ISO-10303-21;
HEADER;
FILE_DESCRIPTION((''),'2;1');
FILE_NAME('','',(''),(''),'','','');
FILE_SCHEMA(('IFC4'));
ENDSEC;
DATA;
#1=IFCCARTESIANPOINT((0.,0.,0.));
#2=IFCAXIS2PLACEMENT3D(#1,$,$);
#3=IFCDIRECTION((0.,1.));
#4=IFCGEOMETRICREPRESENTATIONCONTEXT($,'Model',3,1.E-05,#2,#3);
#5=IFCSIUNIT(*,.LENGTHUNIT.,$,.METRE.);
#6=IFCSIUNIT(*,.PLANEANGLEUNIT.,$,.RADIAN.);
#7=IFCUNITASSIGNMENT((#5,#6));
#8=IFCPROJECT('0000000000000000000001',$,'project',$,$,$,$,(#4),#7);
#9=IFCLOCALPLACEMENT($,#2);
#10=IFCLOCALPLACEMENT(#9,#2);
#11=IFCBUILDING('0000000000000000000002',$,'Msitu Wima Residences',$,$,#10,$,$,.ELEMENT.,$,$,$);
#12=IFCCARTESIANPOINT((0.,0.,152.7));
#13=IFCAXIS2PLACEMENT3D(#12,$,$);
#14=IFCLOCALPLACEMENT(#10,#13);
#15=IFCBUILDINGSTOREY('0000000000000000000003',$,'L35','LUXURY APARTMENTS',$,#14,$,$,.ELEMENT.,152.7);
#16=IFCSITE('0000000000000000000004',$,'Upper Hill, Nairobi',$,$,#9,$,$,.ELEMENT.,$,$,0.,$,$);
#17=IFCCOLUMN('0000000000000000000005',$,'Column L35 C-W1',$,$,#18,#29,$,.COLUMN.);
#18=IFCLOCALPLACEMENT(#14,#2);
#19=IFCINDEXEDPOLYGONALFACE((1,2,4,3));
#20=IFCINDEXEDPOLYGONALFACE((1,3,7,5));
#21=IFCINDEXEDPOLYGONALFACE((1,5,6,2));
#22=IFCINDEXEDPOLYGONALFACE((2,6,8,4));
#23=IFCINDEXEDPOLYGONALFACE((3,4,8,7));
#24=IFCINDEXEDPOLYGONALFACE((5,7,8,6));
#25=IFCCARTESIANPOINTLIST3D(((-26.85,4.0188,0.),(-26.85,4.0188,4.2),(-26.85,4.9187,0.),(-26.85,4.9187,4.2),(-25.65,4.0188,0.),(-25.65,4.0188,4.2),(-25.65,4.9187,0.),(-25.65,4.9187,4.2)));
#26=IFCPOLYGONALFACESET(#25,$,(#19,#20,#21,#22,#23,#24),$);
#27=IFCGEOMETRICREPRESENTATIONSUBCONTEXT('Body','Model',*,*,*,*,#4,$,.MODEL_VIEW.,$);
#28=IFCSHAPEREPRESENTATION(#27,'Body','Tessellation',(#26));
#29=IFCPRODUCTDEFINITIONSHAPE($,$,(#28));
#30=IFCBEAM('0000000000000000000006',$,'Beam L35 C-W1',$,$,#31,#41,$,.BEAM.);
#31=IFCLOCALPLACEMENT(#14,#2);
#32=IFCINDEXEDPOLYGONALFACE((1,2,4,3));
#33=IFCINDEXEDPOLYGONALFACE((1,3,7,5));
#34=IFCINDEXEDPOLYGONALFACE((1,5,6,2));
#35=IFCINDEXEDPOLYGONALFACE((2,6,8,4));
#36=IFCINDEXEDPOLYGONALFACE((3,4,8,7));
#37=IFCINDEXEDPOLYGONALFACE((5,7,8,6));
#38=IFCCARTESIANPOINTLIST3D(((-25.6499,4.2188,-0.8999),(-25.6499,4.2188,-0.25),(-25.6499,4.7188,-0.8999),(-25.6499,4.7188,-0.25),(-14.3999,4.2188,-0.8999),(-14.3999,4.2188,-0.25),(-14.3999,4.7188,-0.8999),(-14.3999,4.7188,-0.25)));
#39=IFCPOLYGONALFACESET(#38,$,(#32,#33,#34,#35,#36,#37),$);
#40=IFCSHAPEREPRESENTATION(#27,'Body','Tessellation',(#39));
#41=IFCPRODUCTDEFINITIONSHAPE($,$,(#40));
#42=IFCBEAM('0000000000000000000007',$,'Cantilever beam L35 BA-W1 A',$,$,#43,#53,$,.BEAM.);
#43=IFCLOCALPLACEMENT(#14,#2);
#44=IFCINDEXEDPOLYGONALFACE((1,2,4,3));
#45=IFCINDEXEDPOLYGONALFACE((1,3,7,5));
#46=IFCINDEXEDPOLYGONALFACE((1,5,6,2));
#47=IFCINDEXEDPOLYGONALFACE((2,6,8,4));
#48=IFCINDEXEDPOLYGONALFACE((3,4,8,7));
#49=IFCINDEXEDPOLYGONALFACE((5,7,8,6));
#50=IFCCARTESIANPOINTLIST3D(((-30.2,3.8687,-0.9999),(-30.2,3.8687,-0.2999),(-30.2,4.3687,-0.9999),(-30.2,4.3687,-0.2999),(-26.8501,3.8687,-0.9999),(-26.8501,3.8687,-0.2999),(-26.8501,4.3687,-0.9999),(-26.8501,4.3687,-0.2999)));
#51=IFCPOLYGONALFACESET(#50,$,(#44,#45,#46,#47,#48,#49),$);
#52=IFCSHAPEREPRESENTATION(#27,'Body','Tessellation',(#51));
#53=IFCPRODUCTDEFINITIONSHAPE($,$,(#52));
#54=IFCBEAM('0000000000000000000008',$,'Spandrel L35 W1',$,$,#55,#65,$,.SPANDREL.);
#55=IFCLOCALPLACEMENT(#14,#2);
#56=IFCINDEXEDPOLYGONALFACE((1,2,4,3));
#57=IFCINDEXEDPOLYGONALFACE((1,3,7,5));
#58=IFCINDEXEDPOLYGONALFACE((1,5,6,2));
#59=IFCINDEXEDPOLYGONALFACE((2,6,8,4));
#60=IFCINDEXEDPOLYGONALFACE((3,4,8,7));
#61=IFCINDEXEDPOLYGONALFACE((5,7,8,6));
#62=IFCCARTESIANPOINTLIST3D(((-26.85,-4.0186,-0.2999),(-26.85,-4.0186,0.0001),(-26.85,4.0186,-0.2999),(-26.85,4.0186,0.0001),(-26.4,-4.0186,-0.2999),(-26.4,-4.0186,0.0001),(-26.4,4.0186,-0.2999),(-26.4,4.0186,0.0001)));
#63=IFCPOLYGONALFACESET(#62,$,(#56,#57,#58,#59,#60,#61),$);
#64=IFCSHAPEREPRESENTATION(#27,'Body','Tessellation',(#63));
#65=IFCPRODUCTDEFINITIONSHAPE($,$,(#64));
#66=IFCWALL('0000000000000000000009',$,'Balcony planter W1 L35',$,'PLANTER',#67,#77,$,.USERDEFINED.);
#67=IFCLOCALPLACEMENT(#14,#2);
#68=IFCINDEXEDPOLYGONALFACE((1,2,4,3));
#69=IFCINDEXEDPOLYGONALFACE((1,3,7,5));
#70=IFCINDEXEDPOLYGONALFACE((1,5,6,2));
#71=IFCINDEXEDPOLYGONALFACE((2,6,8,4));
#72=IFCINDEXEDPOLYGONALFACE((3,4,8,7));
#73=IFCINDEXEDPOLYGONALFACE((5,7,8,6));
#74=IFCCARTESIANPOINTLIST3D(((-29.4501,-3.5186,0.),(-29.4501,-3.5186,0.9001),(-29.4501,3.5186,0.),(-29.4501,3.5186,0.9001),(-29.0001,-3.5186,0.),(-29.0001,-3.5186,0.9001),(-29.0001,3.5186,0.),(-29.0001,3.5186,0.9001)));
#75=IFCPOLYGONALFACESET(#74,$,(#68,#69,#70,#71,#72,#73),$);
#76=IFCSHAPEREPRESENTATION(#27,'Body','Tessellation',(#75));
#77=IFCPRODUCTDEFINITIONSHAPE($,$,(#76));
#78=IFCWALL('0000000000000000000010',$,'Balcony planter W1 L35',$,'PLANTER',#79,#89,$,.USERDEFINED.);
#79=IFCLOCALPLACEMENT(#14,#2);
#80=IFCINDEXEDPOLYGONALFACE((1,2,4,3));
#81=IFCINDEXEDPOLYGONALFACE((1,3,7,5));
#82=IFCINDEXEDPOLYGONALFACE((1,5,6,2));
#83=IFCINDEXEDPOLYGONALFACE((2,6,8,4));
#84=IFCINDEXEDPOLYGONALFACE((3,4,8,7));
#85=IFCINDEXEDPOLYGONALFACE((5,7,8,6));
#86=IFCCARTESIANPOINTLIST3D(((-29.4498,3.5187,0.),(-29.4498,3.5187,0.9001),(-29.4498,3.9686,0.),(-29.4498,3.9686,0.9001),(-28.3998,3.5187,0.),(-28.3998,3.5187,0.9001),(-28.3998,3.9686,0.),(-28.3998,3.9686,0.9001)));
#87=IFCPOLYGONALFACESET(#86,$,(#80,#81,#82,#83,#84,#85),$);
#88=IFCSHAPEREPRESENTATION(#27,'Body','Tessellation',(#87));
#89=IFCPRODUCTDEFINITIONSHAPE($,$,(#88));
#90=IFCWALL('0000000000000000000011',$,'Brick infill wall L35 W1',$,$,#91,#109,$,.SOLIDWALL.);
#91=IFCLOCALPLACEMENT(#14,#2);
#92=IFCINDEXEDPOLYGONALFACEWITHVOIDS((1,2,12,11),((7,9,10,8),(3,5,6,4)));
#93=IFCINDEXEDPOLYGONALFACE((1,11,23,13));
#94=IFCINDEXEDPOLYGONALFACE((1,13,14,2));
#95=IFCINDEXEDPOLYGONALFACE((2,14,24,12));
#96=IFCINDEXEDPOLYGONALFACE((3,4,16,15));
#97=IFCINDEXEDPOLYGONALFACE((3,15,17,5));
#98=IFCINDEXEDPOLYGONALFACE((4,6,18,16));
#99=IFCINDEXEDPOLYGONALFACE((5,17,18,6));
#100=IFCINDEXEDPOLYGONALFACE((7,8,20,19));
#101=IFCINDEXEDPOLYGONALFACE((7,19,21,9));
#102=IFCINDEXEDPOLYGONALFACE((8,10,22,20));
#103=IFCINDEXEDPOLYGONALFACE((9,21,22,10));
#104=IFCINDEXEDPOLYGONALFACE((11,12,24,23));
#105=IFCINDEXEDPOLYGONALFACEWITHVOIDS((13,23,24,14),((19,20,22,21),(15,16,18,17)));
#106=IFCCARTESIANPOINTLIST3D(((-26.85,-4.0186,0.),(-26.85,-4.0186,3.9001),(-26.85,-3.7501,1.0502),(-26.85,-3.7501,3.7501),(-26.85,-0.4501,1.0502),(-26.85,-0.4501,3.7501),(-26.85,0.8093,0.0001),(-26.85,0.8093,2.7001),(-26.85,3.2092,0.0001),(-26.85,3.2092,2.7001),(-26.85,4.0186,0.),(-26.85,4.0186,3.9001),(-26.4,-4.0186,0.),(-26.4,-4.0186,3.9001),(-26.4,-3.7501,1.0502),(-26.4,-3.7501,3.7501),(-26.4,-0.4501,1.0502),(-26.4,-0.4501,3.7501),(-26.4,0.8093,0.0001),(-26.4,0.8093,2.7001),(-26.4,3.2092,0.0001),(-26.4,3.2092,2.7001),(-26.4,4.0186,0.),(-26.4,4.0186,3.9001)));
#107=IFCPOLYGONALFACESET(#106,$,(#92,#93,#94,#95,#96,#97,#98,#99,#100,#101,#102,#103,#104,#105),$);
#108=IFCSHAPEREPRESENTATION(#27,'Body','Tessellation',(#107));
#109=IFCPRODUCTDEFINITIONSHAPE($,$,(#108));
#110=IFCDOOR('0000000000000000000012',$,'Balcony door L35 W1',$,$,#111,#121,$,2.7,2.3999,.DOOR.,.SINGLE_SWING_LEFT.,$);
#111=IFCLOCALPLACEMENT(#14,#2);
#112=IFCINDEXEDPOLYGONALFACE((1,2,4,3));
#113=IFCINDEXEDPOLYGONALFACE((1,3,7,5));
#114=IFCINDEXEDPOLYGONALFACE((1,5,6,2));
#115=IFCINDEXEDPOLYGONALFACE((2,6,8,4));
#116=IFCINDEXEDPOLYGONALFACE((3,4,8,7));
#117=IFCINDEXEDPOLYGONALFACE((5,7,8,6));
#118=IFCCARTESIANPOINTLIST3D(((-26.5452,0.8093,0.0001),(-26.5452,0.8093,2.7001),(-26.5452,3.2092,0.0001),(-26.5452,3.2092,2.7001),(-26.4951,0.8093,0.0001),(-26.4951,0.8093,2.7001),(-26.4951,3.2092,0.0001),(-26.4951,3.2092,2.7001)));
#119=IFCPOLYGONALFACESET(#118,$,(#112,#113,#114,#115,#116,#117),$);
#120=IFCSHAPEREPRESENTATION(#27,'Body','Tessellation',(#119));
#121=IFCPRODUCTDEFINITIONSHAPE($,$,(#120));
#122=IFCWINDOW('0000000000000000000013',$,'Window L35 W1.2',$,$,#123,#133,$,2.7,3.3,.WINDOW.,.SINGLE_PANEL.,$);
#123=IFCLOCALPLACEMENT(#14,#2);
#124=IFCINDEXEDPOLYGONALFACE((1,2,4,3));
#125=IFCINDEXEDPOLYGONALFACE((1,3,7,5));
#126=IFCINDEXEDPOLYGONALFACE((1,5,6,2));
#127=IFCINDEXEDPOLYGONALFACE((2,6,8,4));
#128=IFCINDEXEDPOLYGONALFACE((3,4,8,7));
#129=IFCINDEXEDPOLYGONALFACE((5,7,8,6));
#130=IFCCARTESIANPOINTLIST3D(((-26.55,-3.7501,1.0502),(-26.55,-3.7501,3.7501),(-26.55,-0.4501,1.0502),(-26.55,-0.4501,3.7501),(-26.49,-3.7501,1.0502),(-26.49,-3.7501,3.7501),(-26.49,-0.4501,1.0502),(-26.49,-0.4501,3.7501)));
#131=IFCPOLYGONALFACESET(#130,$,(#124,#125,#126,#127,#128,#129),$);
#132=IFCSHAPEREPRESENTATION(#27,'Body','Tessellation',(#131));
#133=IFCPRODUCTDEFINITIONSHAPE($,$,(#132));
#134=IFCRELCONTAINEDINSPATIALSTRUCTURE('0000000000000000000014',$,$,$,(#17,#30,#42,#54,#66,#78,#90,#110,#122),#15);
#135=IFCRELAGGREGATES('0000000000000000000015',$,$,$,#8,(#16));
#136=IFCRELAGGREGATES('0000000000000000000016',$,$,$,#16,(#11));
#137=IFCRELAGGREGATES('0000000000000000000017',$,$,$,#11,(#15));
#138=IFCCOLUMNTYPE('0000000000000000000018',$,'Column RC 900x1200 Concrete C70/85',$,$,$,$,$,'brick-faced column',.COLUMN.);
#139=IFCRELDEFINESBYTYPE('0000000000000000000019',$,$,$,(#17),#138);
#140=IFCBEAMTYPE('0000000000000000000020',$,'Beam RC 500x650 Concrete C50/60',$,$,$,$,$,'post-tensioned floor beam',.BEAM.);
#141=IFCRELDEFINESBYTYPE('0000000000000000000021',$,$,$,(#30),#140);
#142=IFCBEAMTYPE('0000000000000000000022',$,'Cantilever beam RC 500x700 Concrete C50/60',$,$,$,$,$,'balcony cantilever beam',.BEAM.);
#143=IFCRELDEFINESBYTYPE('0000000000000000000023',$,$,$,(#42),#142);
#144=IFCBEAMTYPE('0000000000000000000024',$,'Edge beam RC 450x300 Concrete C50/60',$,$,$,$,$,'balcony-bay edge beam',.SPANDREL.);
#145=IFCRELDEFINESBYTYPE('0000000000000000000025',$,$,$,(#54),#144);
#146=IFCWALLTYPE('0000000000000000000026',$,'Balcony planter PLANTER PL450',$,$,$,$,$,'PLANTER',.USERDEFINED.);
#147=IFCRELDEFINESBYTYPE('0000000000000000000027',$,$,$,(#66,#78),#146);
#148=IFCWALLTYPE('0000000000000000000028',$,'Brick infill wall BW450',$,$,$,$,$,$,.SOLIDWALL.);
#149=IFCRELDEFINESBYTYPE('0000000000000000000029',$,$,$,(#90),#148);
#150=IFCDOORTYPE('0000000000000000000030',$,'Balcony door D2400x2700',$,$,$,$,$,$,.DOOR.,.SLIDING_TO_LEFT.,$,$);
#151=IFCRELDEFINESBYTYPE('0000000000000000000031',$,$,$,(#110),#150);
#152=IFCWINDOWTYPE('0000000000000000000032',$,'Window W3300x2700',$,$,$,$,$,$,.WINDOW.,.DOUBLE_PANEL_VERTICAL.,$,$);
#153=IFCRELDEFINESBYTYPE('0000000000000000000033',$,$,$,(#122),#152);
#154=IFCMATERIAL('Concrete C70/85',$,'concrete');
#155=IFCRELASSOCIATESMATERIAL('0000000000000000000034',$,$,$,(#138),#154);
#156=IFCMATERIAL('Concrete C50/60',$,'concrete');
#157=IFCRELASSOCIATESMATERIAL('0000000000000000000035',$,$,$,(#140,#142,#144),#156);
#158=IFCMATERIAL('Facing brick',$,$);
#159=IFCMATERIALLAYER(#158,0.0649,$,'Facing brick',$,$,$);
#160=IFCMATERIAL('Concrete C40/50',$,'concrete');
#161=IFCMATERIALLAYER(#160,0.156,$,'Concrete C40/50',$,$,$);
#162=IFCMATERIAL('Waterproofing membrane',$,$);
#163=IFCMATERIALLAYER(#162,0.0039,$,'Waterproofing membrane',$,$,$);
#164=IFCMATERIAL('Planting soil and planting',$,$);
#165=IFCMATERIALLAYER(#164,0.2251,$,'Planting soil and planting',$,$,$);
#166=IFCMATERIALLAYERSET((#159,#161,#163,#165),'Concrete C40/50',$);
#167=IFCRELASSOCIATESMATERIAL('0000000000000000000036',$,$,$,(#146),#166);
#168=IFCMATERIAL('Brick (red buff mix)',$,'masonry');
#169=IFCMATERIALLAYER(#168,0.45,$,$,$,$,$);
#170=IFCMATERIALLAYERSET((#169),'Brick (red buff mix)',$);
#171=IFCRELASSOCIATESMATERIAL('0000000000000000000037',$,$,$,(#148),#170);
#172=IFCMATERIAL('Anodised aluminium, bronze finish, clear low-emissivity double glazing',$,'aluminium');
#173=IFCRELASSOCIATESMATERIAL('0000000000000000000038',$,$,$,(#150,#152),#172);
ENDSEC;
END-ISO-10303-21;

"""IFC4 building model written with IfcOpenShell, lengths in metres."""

from ifc_helpers import new_model, si_unit, direction, frame, frame_2d, origin, origin_2d, place, context, subcontext, project, spatial, rectangle, extrude, material, layer, layer_set, material_profile, profile_set, type_object, element, fill, save


model = new_model("IFC4")

# Units and contexts
model_context = context("Model", 3, precision=1e-05, world=origin(), true_north=direction((0.0, 1.0)))
body_context = subcontext(model_context, "Body", "Model", "MODEL_VIEW")
ifc_project = project(units=[si_unit("LENGTHUNIT", "METRE"), si_unit("PLANEANGLEUNIT", "RADIAN")], contexts=[model_context])

# Site, building, storey
site_placement = place(None, origin())
site = spatial("IfcSite", under=ifc_project, at=site_placement, Name="Upper Hill, Nairobi", CompositionType="ELEMENT", RefElevation=0.0)
building_placement = place(site_placement, origin())
building = spatial("IfcBuilding", under=site, at=building_placement, Name="Msitu Wima Residences", CompositionType="ELEMENT")
storey_placement = place(building_placement, frame((0.0, 0.0, 152.7)))
storey = spatial("IfcBuildingStorey", under=building, at=storey_placement, Name="L35", Description="LUXURY APARTMENTS", CompositionType="ELEMENT", Elevation=152.7)

# Column
ifc_material_1 = material(Name="Concrete C70/85", Category="concrete")
ifc_material_profile_1 = material_profile(ifc_material_1, rectangle(XDim=0.8999, YDim=1.2, at=origin_2d()), Name="RC 900x1200")
ifc_profile_set_1 = profile_set([ifc_material_profile_1], Name="Concrete C70/85")
column_type = type_object("IfcColumnType", Name="Column RC 900x1200 Concrete C70/85", ElementType="brick-faced column", PredefinedType="COLUMN", material=ifc_profile_set_1)
column_placement = place(storey_placement, frame((-26.25, 4.4688, 0.0), z_axis=(0.0, 0.0, 1.0), x_axis=(0.0, -1.0, 0.0)))
element("IfcColumn", 1, at=column_placement, inside=storey, type_object=column_type, Name="Column L35 C-W1", PredefinedType="COLUMN", context=body_context, shape_type="SweptSolid", body=[
    extrude(rectangle(XDim=0.8999, YDim=1.2, at=origin_2d()), origin(), (0.0, 0.0, 1.0), 4.2),
])

# Beams
ifc_material_2 = material(Name="Concrete C50/60", Category="concrete")
ifc_material_profile_2 = material_profile(ifc_material_2, rectangle(XDim=0.5, YDim=0.6499, at=origin_2d()), Name="RC 500x650")
ifc_profile_set_2 = profile_set([ifc_material_profile_2], Name="Concrete C50/60")
beam_type_1 = type_object("IfcBeamType", Name="Beam RC 500x650 Concrete C50/60", ElementType="post-tensioned floor beam", PredefinedType="BEAM", material=ifc_profile_set_2)
beam_1_placement = place(storey_placement, frame((-25.6499, 4.4688, -0.575), z_axis=(1.0, 0.0, 0.0), x_axis=(0.0, 1.0, 0.0)))
element("IfcBeam", 2, at=beam_1_placement, inside=storey, type_object=beam_type_1, Name="Beam L35 C-W1", PredefinedType="BEAM", context=body_context, shape_type="SweptSolid", body=[
    extrude(rectangle(XDim=0.5, YDim=0.6499, at=origin_2d()), origin(), (0.0, 0.0, 1.0), 11.25),
])
ifc_material_profile_3 = material_profile(ifc_material_2, rectangle(XDim=0.5, YDim=0.7, at=origin_2d()), Name="RC 500x700")
ifc_profile_set_3 = profile_set([ifc_material_profile_3], Name="Concrete C50/60")
beam_type_2 = type_object("IfcBeamType", Name="Cantilever beam RC 500x700 Concrete C50/60", ElementType="balcony cantilever beam", PredefinedType="BEAM", material=ifc_profile_set_3)
beam_2_placement = place(storey_placement, frame((-26.8501, 4.1187, -0.6499), z_axis=(-1.0, 0.0, 0.0), x_axis=(0.0, -1.0, 0.0)))
element("IfcBeam", 3, at=beam_2_placement, inside=storey, type_object=beam_type_2, Name="Cantilever beam L35 BA-W1 A", PredefinedType="BEAM", context=body_context, shape_type="SweptSolid", body=[
    extrude(rectangle(XDim=0.5, YDim=0.7, at=origin_2d()), origin(), (0.0, 0.0, 1.0), 3.3499),
])
ifc_material_profile_4 = material_profile(ifc_material_2, rectangle(XDim=0.45, YDim=0.3, at=origin_2d()), Name="RC 450x300")
ifc_profile_set_4 = profile_set([ifc_material_profile_4], Name="Concrete C50/60")
beam_type_3 = type_object("IfcBeamType", Name="Edge beam RC 450x300 Concrete C50/60", ElementType="balcony-bay edge beam", PredefinedType="SPANDREL", material=ifc_profile_set_4)
beam_3_placement = place(storey_placement, frame((-26.625, 4.0186, -0.1499), z_axis=(0.0, -1.0, 0.0), x_axis=(1.0, 0.0, 0.0)))
element("IfcBeam", 4, at=beam_3_placement, inside=storey, type_object=beam_type_3, Name="Spandrel L35 W1", PredefinedType="SPANDREL", context=body_context, shape_type="SweptSolid", body=[
    extrude(rectangle(XDim=0.45, YDim=0.3, at=origin_2d()), origin(), (0.0, 0.0, 1.0), 8.0371),
])

# Walls
ifc_material_3 = material(Name="Facing brick")
ifc_layer_1 = layer(ifc_material_3, 0.0649, Name="Facing brick")
ifc_material_4 = material(Name="Concrete C40/50", Category="concrete")
ifc_layer_2 = layer(ifc_material_4, 0.156, Name="Concrete C40/50")
ifc_material_5 = material(Name="Waterproofing membrane")
ifc_layer_3 = layer(ifc_material_5, 0.0039, Name="Waterproofing membrane")
ifc_material_6 = material(Name="Planting soil and planting")
ifc_layer_4 = layer(ifc_material_6, 0.2251, Name="Planting soil and planting")
ifc_layer_set_1 = layer_set([ifc_layer_1, ifc_layer_2, ifc_layer_3, ifc_layer_4], Name="Concrete C40/50")
wall_type_1 = type_object("IfcWallType", Name="Balcony planter PLANTER PL450", ElementType="PLANTER", PredefinedType="USERDEFINED", material=ifc_layer_set_1)
wall_1_placement = place(storey_placement, frame((-29.2251, 3.5186, 0.0), z_axis=(0.0, 0.0, 1.0), x_axis=(0.0, -1.0, 0.0)))
element("IfcWall", 5, at=wall_1_placement, inside=storey, type_object=wall_type_1, Name="Balcony planter W1 L35", ObjectType="PLANTER", PredefinedType="USERDEFINED", context=body_context, shape_type="SweptSolid", body=[
    extrude(rectangle(XDim=7.0371, YDim=0.45, at=frame_2d((3.5186, 0.0))), origin(), (0.0, 0.0, 1.0), 0.9001),
])
wall_2_placement = place(storey_placement, frame((-28.3999, 3.7437, 0.0), z_axis=(0.0, 0.0, 1.0), x_axis=(-1.0, 0.0, 0.0)))
element("IfcWall", 6, at=wall_2_placement, inside=storey, type_object=wall_type_1, Name="Balcony planter W1 L35", ObjectType="PLANTER", PredefinedType="USERDEFINED", context=body_context, shape_type="SweptSolid", body=[
    extrude(rectangle(XDim=1.05, YDim=0.45, at=frame_2d((0.5249, 0.0))), origin(), (0.0, 0.0, 1.0), 0.9001),
])

# Wall, openings, door, window
ifc_material_7 = material(Name="Brick (red buff mix)", Category="masonry")
ifc_layer_5 = layer(ifc_material_7, 0.45)
ifc_layer_set_2 = layer_set([ifc_layer_5], Name="Brick (red buff mix)")
wall_type_2 = type_object("IfcWallType", Name="Brick infill wall BW450", PredefinedType="SOLIDWALL", material=ifc_layer_set_2)
wall_3_placement = place(storey_placement, frame((-26.625, 4.0186, 0.0), z_axis=(0.0, 0.0, 1.0), x_axis=(0.0, -1.0, 0.0)))
wall_3 = element("IfcWall", 7, at=wall_3_placement, inside=storey, type_object=wall_type_2, Name="Brick infill wall L35 W1", PredefinedType="SOLIDWALL", context=body_context, shape_type="SweptSolid", body=[
    extrude(rectangle(XDim=8.0371, YDim=0.45, at=frame_2d((4.0186, 0.0))), origin(), (0.0, 0.0, 1.0), 3.9001),
])
opening_1_placement = place(wall_3_placement, frame((0.8093, 0.0, 0.0)))
opening_1 = element("IfcOpeningElement", 8, at=opening_1_placement, cuts=wall_3, PredefinedType="OPENING", context=body_context, shape_type="SweptSolid", body=[
    extrude(rectangle(XDim=2.3999, YDim=2.7, at=frame_2d((1.2, 1.3501))), frame((0.0, 0.2349, 0.0), z_axis=(0.0, -1.0, 0.0), x_axis=(1.0, 0.0, 0.0)), (0.0, 0.0, 1.0), 0.47),
])
opening_2_placement = place(wall_3_placement, frame((4.4688, 0.0, 1.05)))
opening_2 = element("IfcOpeningElement", 9, at=opening_2_placement, cuts=wall_3, PredefinedType="OPENING", context=body_context, shape_type="SweptSolid", body=[
    extrude(rectangle(XDim=3.3, YDim=2.7, at=frame_2d((1.6499, 1.3501))), frame((0.0, 0.2349, 0.0), z_axis=(0.0, -1.0, 0.0), x_axis=(1.0, 0.0, 0.0)), (0.0, 0.0, 1.0), 0.47),
])
ifc_material_8 = material(Name="Anodised aluminium, bronze finish, clear low-emissivity double glazing", Category="aluminium")
door_type_1 = type_object("IfcDoorType", Name="Balcony door D2400x2700", OperationType="SLIDING_TO_LEFT", PredefinedType="DOOR", material=ifc_material_8)
door_1_placement = place(opening_1_placement, origin())
door_1 = element("IfcDoor", 10, at=door_1_placement, inside=storey, type_object=door_type_1, Name="Balcony door L35 W1", OperationType="SINGLE_SWING_LEFT", OverallHeight=2.7, OverallWidth=2.3999, PredefinedType="DOOR", context=body_context, shape_type="SweptSolid", body=[
    extrude(rectangle(XDim=2.3999, YDim=2.7, at=frame_2d((1.2, 1.3501))), frame((0.0, 0.1299, 0.0), z_axis=(0.0, -1.0, 0.0), x_axis=(1.0, 0.0, 0.0)), (0.0, 0.0, 1.0), 0.05),
])
fill(opening_1, door_1)
window_type = type_object("IfcWindowType", Name="Window W3300x2700", PartitioningType="DOUBLE_PANEL_VERTICAL", PredefinedType="WINDOW", material=ifc_material_8)
window_placement = place(opening_2_placement, origin())
window = element("IfcWindow", 11, at=window_placement, inside=storey, type_object=window_type, Name="Window L35 W1.2", OverallHeight=2.7, OverallWidth=3.3, PartitioningType="SINGLE_PANEL", PredefinedType="WINDOW", context=body_context, shape_type="SweptSolid", body=[
    extrude(rectangle(XDim=3.3, YDim=2.7, at=frame_2d((1.6499, 1.3501))), frame((0.0, 0.135, 0.0), z_axis=(0.0, -1.0, 0.0), x_axis=(1.0, 0.0, 0.0)), (0.0, 0.0, 1.0), 0.0601),
])
fill(opening_2, window)

save(model, "model.ifc")
